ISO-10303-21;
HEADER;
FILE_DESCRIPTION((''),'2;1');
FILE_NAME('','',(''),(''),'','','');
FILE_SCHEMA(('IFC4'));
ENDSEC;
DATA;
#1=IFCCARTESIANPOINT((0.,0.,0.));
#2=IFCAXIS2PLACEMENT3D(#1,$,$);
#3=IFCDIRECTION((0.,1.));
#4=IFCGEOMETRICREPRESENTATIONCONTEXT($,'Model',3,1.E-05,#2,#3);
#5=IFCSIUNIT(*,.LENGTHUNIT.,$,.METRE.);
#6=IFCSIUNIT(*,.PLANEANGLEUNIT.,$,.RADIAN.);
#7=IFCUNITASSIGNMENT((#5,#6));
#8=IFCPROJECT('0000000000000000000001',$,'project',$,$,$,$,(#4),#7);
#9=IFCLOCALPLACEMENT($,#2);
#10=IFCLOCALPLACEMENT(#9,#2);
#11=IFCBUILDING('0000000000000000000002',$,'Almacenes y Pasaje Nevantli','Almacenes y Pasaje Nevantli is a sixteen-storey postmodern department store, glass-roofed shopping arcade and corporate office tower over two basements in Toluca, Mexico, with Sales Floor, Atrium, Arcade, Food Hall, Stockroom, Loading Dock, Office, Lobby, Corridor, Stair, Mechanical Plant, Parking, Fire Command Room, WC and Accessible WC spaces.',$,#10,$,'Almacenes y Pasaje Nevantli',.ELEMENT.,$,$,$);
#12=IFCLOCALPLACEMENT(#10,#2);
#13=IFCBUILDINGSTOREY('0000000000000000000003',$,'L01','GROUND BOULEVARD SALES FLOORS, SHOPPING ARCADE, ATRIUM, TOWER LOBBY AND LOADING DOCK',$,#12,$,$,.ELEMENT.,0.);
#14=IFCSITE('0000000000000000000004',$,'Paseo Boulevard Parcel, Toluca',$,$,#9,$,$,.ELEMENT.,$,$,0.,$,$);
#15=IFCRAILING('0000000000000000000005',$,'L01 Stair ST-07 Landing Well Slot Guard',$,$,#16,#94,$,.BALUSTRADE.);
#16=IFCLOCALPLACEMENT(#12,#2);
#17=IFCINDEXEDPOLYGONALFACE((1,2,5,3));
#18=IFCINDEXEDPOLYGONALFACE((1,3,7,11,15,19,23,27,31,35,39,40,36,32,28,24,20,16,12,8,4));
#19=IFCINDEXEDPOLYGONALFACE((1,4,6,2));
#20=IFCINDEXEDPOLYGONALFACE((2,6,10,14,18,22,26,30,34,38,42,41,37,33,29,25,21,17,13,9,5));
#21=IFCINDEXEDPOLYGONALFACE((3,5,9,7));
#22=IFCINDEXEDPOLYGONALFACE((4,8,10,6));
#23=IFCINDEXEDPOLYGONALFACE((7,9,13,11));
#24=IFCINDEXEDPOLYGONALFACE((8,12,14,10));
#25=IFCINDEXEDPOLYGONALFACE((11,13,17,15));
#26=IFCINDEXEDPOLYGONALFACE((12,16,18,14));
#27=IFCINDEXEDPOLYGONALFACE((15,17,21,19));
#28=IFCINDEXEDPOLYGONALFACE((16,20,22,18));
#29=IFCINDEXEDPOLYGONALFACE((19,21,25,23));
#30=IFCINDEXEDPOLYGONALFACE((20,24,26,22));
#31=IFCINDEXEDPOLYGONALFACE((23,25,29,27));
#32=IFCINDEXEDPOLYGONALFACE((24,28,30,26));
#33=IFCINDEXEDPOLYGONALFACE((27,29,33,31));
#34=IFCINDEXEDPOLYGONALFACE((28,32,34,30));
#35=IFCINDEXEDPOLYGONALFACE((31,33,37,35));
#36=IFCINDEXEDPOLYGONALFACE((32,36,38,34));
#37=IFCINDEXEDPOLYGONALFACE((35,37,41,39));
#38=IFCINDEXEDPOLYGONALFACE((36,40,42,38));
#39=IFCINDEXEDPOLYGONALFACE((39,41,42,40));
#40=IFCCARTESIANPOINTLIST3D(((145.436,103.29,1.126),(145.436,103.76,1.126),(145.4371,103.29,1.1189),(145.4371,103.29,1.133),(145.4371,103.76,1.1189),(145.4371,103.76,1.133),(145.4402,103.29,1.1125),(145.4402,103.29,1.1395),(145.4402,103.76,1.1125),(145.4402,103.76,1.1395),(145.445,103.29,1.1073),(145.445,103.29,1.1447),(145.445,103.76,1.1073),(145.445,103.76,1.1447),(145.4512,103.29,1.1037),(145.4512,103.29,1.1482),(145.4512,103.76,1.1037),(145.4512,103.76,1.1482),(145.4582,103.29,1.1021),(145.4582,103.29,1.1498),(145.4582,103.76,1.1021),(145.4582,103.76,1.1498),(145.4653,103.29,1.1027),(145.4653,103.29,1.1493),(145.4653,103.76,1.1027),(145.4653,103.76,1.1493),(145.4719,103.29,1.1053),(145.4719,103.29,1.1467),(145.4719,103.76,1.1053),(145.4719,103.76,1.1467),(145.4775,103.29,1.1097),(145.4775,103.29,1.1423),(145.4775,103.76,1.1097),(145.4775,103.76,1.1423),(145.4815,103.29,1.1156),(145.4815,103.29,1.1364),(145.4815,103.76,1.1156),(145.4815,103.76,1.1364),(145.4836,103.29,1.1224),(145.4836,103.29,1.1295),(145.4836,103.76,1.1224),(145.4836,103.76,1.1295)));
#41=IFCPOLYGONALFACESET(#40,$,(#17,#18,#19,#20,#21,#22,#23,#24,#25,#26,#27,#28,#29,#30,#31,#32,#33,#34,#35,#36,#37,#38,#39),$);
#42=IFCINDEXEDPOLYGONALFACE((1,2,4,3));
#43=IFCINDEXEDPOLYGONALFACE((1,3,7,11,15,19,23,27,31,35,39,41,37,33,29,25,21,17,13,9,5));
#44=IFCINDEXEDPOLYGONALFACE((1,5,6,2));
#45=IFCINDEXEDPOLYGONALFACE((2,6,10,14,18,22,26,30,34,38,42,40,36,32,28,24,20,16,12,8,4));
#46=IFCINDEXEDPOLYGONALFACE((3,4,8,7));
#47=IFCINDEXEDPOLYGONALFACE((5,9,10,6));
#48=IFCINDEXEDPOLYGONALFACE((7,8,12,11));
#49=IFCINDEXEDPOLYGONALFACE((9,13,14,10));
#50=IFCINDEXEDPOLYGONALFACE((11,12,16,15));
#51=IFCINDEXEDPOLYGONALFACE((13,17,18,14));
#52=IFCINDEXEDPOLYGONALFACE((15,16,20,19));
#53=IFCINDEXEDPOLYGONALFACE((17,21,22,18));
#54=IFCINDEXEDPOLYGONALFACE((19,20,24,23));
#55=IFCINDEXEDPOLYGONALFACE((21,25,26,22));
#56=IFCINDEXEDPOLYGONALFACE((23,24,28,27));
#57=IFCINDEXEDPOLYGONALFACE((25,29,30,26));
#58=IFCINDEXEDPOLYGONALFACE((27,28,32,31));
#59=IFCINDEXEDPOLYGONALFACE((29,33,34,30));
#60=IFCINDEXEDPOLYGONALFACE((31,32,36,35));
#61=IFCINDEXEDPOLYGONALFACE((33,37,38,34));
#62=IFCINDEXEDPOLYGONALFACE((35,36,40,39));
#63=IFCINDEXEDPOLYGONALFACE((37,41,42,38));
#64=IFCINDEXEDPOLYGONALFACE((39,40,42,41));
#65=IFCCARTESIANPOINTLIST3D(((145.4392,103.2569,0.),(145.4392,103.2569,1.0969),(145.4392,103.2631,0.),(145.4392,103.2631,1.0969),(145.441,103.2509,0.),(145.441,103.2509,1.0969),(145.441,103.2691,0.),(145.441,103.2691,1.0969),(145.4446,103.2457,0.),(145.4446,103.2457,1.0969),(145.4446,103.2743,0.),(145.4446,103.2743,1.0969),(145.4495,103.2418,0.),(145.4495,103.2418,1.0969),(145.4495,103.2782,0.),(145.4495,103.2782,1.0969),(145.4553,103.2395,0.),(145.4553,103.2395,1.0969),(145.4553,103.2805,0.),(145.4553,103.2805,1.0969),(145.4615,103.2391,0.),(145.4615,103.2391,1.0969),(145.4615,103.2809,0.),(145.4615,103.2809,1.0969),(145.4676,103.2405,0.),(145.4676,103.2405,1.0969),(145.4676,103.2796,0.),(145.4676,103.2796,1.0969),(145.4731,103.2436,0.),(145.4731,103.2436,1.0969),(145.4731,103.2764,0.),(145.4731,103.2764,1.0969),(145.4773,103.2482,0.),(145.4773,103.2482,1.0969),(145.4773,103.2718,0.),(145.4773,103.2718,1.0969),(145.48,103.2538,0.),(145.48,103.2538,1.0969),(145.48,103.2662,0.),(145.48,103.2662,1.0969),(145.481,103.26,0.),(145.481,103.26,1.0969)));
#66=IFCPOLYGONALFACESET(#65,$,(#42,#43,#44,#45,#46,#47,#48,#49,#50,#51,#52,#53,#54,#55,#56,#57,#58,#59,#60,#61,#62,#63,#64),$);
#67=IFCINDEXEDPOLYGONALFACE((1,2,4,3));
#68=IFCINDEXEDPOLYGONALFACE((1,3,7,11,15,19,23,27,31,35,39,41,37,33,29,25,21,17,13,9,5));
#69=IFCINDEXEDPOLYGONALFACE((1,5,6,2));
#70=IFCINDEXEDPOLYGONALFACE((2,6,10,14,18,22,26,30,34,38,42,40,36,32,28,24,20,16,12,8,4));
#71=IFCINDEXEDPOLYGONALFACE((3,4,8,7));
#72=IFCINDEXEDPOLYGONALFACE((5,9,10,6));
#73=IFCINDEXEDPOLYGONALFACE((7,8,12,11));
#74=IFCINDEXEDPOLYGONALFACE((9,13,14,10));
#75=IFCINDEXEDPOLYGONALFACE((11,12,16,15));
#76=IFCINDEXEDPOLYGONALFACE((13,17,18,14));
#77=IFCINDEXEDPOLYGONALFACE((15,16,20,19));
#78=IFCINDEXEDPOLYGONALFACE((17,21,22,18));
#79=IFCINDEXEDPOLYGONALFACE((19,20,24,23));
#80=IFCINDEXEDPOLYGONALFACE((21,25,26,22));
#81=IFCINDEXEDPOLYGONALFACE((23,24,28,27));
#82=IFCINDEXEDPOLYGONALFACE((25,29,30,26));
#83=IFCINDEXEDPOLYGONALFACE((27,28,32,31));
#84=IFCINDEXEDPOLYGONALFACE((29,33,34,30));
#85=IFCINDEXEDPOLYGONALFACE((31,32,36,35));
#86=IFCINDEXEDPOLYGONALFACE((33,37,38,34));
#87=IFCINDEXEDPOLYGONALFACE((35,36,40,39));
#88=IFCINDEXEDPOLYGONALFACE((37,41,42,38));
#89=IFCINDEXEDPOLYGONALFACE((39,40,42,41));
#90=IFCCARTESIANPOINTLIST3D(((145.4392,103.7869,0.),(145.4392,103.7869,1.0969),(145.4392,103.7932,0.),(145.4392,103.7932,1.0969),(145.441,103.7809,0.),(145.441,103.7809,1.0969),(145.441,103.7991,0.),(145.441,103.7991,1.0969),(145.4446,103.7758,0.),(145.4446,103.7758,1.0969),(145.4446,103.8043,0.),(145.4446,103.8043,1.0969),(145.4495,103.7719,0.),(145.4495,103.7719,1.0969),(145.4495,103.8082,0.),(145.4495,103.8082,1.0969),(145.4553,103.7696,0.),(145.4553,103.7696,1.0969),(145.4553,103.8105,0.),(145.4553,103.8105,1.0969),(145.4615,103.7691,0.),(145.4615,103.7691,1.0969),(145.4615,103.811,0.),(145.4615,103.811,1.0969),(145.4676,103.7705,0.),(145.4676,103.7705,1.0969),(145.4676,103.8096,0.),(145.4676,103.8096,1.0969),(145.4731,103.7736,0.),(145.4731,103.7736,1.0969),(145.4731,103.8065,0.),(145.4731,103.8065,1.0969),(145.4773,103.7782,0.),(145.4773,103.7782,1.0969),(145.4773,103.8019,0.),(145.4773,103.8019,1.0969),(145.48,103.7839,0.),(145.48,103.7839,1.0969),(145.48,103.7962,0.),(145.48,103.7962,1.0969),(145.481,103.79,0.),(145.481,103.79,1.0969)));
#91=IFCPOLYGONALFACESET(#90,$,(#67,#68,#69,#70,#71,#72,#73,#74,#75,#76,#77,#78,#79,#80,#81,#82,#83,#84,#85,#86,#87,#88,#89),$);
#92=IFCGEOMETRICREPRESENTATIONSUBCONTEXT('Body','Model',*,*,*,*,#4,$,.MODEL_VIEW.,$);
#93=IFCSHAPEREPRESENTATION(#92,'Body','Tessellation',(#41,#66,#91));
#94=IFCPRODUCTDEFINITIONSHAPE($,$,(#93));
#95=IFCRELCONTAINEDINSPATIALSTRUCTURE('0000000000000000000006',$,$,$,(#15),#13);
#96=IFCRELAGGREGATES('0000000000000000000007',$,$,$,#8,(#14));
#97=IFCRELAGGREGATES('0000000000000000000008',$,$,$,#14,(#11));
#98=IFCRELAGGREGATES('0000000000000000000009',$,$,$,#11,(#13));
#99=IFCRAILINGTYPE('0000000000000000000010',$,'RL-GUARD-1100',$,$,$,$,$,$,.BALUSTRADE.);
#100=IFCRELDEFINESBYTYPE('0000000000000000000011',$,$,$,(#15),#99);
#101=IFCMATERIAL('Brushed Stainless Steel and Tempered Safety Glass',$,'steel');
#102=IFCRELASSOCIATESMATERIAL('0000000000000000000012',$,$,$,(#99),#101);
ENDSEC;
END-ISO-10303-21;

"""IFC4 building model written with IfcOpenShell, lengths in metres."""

from ifc_helpers import new_model, si_unit, direction, frame, origin, origin_2d, place, context, subcontext, project, spatial, circle, extrude, material, type_object, element, save


model = new_model("IFC4")

# Units and contexts
model_context = context("Model", 3, precision=1e-05, world=origin(), true_north=direction((0.0, 1.0)))
body_context = subcontext(model_context, "Body", "Model", "MODEL_VIEW")
ifc_project = project(units=[si_unit("LENGTHUNIT", "METRE"), si_unit("PLANEANGLEUNIT", "RADIAN")], contexts=[model_context])

# Site, building, storey
site_placement = place(None, origin())
site = spatial("IfcSite", under=ifc_project, at=site_placement, Name="Paseo Boulevard Parcel, Toluca", CompositionType="ELEMENT", RefElevation=0.0)
building_placement = place(site_placement, origin())
building = spatial("IfcBuilding", under=site, at=building_placement, Name="Almacenes y Pasaje Nevantli", Description="Almacenes y Pasaje Nevantli is a sixteen-storey postmodern department store, glass-roofed shopping arcade and corporate office tower over two basements in Toluca, Mexico, with Sales Floor, Atrium, Arcade, Food Hall, Stockroom, Loading Dock, Office, Lobby, Corridor, Stair, Mechanical Plant, Parking, Fire Command Room, WC and Accessible WC spaces.", LongName="Almacenes y Pasaje Nevantli", CompositionType="ELEMENT")
storey_placement = place(building_placement, origin())
storey = spatial("IfcBuildingStorey", under=building, at=storey_placement, Name="L01", Description="GROUND BOULEVARD SALES FLOORS, SHOPPING ARCADE, ATRIUM, TOWER LOBBY AND LOADING DOCK", CompositionType="ELEMENT", Elevation=0.0)

# Railing
ifc_material_1 = material(Name="Brushed Stainless Steel and Tempered Safety Glass", Category="steel")
railing_type_1 = type_object("IfcRailingType", Name="RL-GUARD-1100", PredefinedType="BALUSTRADE", material=ifc_material_1)
railing_1_placement = place(storey_placement, frame((145.46, 103.26, 0.0)))
element("IfcRailing", 1, at=railing_1_placement, inside=storey, type_object=railing_type_1, Name="L01 Stair ST-07 Landing Well Slot Guard", PredefinedType="BALUSTRADE", context=body_context, shape_type="SweptSolid", body=[
    extrude(circle(Radius=0.0239, at=origin_2d()), frame((0.0, 0.03, 1.126), z_axis=(0.0, 1.0, 0.0), x_axis=(-1.0, 0.0, 0.0)), (0.0, 0.0, 1.0), 0.47),
    extrude(circle(Radius=0.021, at=origin_2d()), origin(), (0.0, 0.0, 1.0), 1.0969),
    extrude(circle(Radius=0.021, at=origin_2d()), frame((0.0, 0.53, 0.0)), (0.0, 0.0, 1.0), 1.0969),
])

save(model, "model.ifc")
